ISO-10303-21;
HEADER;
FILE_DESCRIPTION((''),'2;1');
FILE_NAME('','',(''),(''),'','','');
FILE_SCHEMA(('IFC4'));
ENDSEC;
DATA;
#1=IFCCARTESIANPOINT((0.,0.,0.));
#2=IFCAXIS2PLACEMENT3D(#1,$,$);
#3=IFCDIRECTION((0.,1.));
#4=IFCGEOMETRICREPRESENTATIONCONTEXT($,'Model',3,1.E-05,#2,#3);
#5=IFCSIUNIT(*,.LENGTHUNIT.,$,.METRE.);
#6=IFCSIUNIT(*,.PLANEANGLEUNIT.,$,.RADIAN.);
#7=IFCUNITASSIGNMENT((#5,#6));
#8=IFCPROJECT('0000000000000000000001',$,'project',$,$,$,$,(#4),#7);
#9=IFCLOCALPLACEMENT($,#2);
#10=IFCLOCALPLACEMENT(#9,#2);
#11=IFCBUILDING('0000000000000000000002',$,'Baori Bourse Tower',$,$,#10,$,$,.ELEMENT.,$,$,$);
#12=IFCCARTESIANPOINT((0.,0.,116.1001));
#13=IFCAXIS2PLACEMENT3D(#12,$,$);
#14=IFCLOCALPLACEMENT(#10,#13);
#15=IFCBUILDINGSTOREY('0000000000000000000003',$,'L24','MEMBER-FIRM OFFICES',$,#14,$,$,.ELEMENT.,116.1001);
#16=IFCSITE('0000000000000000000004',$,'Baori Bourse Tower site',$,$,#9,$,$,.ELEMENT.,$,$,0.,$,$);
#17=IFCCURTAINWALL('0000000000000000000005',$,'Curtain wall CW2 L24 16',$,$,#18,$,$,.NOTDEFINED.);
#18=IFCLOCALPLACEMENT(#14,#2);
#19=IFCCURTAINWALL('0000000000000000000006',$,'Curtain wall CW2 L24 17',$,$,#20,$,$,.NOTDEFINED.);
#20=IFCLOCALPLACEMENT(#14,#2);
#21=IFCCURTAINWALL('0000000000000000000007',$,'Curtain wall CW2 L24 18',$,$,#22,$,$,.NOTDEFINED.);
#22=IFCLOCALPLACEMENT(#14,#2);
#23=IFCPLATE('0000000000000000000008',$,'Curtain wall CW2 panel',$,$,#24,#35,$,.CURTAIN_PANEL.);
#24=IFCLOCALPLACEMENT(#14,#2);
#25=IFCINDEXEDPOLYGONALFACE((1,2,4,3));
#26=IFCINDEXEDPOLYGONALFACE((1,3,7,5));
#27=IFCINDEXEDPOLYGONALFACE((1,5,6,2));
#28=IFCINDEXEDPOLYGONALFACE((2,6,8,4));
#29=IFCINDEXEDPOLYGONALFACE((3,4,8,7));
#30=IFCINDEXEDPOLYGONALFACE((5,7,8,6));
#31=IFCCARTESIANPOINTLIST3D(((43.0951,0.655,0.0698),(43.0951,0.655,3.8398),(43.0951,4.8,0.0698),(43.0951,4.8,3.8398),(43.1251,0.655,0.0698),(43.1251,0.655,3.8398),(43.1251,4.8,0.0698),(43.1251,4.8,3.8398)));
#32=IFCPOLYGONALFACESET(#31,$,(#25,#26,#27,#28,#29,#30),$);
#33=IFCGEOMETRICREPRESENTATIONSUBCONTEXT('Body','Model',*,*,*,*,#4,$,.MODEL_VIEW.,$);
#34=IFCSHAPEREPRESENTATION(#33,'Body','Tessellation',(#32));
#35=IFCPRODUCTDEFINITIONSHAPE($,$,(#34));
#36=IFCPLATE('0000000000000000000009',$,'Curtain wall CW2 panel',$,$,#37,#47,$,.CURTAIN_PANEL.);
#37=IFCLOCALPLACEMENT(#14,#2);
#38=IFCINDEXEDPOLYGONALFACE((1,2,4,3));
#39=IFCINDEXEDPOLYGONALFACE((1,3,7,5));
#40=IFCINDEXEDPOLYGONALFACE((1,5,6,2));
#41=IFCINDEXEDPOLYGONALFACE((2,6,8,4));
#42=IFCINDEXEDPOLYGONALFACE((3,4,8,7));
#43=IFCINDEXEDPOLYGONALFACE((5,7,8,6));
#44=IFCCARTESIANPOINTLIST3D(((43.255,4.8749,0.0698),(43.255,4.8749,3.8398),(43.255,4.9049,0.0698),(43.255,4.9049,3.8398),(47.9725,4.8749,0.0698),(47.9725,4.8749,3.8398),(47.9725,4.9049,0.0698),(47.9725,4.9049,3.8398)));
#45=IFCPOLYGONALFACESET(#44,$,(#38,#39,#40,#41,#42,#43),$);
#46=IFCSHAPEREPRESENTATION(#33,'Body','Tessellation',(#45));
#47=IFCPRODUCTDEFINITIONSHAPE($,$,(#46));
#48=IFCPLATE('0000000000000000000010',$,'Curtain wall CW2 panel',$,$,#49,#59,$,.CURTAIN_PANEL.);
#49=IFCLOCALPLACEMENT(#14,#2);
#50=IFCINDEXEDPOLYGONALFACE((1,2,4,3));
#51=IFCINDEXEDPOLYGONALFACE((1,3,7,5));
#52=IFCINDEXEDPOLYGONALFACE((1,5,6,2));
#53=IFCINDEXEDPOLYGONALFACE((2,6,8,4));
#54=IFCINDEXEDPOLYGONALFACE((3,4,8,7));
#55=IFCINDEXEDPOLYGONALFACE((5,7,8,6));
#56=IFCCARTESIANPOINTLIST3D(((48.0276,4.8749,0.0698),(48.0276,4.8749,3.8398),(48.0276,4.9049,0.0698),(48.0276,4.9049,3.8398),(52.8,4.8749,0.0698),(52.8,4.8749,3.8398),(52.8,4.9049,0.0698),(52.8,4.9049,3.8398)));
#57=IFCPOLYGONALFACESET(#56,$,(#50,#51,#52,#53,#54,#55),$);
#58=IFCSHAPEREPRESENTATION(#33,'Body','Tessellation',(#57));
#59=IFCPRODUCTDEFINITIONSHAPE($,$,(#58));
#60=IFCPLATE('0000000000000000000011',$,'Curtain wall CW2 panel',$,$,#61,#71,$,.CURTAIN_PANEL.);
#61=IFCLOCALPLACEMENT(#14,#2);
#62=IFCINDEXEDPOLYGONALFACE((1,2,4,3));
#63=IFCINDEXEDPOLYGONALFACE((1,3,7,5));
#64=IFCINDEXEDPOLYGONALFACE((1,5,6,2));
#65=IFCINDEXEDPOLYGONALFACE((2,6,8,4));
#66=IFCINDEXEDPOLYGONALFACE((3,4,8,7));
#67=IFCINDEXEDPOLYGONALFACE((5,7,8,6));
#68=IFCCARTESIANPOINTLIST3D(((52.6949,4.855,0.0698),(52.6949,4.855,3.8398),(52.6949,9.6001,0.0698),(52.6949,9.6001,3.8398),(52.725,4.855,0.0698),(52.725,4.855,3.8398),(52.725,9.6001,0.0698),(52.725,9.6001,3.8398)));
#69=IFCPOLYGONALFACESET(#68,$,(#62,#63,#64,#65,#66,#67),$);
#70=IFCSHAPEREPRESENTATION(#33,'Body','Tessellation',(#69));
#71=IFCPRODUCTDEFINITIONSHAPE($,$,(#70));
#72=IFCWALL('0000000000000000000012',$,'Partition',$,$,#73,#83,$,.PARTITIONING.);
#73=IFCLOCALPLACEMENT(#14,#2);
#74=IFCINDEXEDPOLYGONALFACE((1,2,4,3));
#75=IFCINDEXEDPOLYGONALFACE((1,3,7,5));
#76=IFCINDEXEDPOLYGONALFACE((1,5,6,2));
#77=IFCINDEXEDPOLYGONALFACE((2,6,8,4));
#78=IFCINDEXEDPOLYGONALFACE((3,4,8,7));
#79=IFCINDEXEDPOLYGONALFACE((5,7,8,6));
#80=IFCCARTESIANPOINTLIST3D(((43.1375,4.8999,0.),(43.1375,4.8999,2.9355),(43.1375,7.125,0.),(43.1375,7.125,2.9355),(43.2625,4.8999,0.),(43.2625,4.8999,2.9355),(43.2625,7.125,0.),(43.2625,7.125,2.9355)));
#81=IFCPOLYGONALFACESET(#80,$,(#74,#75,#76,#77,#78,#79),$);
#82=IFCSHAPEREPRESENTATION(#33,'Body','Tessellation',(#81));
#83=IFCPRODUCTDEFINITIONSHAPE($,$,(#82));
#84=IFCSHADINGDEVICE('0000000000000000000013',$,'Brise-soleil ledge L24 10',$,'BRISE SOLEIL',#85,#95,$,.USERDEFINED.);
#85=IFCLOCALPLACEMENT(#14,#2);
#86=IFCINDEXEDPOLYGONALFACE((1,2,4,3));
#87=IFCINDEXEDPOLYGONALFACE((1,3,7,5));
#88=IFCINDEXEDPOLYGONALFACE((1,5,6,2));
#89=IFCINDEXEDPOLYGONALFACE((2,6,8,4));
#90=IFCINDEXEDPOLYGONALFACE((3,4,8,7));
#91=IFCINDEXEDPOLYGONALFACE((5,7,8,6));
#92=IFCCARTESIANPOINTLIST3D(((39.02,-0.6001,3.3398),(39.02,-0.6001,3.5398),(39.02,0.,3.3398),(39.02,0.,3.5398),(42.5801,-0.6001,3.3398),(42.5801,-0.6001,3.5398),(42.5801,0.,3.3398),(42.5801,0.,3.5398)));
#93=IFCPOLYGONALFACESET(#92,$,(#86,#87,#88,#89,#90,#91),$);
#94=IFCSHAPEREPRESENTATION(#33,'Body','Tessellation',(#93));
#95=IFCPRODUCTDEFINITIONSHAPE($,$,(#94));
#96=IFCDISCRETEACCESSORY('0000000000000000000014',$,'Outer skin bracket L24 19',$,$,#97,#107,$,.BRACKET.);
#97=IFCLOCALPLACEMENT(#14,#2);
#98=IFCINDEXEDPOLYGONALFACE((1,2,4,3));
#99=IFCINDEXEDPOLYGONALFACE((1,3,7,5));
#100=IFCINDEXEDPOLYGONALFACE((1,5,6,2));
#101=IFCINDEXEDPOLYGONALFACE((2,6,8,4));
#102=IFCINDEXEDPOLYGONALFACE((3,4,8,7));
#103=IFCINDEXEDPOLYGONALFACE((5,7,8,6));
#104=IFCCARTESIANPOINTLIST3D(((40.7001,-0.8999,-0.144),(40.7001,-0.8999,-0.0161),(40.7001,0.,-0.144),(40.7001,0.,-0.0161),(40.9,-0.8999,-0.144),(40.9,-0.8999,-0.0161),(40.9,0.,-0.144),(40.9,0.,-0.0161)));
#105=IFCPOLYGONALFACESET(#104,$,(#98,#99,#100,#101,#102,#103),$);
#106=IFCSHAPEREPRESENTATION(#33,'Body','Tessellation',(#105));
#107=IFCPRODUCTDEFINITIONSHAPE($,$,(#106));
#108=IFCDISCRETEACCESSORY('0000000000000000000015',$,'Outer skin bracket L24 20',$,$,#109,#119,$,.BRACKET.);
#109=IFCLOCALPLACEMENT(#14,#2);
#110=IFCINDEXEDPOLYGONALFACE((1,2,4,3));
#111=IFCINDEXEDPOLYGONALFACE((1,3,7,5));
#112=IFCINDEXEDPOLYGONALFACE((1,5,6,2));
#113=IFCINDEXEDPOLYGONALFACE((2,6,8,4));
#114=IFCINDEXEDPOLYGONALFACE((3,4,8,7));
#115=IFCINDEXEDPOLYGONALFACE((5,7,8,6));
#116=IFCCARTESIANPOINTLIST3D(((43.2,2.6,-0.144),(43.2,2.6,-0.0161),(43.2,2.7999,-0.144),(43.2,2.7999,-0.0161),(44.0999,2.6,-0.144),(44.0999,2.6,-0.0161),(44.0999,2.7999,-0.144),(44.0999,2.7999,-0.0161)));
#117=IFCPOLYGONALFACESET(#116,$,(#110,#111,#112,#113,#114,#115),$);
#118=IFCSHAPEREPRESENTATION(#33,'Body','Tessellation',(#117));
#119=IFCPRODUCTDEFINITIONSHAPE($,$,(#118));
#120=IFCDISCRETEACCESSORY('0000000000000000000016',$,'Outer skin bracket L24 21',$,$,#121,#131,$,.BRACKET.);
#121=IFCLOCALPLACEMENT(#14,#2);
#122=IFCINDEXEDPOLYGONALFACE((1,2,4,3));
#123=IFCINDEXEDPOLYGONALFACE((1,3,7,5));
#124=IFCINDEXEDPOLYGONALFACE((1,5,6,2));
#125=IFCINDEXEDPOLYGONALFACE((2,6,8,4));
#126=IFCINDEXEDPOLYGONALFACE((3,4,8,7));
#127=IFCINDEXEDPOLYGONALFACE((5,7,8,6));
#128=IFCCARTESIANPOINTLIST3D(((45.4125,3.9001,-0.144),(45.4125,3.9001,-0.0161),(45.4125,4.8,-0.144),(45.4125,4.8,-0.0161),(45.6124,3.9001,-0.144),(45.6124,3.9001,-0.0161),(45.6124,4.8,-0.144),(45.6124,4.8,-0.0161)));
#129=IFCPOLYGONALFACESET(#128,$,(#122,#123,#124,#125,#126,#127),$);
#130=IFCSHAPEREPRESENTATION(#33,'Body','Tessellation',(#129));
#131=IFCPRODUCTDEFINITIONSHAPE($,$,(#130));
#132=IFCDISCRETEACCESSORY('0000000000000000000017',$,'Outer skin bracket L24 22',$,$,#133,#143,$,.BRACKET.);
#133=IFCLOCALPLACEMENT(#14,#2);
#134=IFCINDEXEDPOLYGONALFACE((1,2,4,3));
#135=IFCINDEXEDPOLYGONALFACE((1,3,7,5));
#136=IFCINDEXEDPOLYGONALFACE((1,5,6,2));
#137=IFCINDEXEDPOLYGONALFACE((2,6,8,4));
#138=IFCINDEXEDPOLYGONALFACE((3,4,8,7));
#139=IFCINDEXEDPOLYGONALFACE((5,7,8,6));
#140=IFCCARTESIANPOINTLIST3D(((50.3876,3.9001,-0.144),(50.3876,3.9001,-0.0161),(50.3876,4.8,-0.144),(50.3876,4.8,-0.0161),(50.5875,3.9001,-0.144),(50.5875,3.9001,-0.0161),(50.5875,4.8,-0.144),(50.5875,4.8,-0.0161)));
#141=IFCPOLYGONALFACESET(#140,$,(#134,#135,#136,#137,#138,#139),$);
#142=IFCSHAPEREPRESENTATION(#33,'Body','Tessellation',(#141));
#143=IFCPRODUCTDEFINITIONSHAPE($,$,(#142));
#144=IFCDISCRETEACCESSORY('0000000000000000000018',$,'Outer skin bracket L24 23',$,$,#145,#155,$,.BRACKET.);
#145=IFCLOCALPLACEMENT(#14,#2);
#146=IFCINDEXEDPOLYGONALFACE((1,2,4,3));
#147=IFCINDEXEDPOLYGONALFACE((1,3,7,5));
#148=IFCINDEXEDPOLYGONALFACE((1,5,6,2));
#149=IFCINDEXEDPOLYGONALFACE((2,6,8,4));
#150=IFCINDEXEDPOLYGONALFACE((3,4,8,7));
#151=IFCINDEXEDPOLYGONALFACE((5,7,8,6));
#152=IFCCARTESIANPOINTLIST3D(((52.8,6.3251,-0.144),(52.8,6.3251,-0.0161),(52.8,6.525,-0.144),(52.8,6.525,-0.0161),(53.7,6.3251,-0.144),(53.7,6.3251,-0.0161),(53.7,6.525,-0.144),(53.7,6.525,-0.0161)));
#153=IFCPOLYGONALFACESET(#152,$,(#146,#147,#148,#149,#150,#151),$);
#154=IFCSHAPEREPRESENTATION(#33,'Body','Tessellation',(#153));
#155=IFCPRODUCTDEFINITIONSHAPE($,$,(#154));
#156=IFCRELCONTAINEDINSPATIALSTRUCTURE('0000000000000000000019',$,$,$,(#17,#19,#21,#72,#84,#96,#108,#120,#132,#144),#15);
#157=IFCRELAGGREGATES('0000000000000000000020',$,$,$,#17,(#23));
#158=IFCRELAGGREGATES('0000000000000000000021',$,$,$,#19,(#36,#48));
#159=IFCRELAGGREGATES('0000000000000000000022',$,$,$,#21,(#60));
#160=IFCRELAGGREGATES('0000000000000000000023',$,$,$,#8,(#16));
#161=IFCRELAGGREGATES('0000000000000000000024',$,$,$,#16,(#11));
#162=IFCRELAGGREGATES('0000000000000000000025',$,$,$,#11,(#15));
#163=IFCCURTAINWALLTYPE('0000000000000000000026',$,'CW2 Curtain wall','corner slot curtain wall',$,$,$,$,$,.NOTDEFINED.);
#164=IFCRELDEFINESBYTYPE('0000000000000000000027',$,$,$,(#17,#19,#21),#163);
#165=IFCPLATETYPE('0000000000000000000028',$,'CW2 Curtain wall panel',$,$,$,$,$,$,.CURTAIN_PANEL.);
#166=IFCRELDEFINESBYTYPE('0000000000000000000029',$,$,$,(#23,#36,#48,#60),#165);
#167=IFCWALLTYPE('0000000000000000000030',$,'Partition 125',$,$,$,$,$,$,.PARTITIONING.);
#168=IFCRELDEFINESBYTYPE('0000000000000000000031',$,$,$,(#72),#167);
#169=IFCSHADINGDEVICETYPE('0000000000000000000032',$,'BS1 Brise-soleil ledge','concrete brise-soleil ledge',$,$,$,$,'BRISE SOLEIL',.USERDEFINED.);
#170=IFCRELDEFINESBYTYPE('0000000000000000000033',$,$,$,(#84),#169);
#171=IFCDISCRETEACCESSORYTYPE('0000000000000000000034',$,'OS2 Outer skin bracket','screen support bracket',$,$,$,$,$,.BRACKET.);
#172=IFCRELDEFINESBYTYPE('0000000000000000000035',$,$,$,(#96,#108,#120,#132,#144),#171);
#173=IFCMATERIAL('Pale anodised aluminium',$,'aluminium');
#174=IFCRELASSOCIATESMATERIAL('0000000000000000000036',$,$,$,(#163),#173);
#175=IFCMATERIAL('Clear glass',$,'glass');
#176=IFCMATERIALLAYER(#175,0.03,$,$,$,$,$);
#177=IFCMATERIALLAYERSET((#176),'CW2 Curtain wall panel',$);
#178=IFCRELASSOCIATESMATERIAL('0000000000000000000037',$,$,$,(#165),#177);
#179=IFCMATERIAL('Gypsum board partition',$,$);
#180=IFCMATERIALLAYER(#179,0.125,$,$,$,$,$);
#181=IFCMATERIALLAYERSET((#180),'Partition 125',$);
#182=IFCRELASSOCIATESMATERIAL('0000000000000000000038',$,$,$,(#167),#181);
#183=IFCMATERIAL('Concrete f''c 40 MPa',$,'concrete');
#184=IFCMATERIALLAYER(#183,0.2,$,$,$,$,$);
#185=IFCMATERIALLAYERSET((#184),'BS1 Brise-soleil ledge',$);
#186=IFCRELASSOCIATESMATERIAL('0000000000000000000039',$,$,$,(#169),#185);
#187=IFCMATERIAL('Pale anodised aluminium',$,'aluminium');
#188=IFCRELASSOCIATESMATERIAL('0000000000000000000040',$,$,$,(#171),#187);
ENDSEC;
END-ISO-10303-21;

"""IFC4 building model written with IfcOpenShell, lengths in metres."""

from ifc_helpers import new_model, si_unit, direction, frame, frame_2d, origin, origin_2d, place, context, subcontext, project, spatial, rectangle, extrude, material, layer, layer_set, type_object, element, aggregate, save


model = new_model("IFC4")

# Units and contexts
model_context = context("Model", 3, precision=1e-05, world=origin(), true_north=direction((0.0, 1.0)))
body_context = subcontext(model_context, "Body", "Model", "MODEL_VIEW")
ifc_project = project(units=[si_unit("LENGTHUNIT", "METRE"), si_unit("PLANEANGLEUNIT", "RADIAN")], contexts=[model_context])

# Site, building, storey
site_placement = place(None, origin())
site = spatial("IfcSite", under=ifc_project, at=site_placement, Name="Baori Bourse Tower site", CompositionType="ELEMENT", RefElevation=0.0)
building_placement = place(site_placement, origin())
building = spatial("IfcBuilding", under=site, at=building_placement, Name="Baori Bourse Tower", CompositionType="ELEMENT")
storey_placement = place(building_placement, frame((0.0, 0.0, 116.1001)))
storey = spatial("IfcBuildingStorey", under=building, at=storey_placement, Name="L24", Description="MEMBER-FIRM OFFICES", CompositionType="ELEMENT", Elevation=116.1001)

# Curtain wall
ifc_material_1 = material(Name="Pale anodised aluminium", Category="aluminium")
curtain_wall_type_1 = type_object("IfcCurtainWallType", Name="CW2 Curtain wall", Description="corner slot curtain wall", PredefinedType="NOTDEFINED", material=ifc_material_1)
curtain_wall_1_placement = place(storey_placement, origin())
curtain_wall_1 = element("IfcCurtainWall", 1, at=curtain_wall_1_placement, inside=storey, type_object=curtain_wall_type_1, Name="Curtain wall CW2 L24 16", PredefinedType="NOTDEFINED")

# Curtain wall
curtain_wall_2_placement = place(storey_placement, origin())
curtain_wall_2 = element("IfcCurtainWall", 2, at=curtain_wall_2_placement, inside=storey, type_object=curtain_wall_type_1, Name="Curtain wall CW2 L24 17", PredefinedType="NOTDEFINED")

# Curtain wall
curtain_wall_3_placement = place(storey_placement, origin())
curtain_wall_3 = element("IfcCurtainWall", 3, at=curtain_wall_3_placement, inside=storey, type_object=curtain_wall_type_1, Name="Curtain wall CW2 L24 18", PredefinedType="NOTDEFINED")

# Plates
ifc_material_2 = material(Name="Clear glass", Category="glass")
ifc_layer_1 = layer(ifc_material_2, 0.03)
ifc_layer_set_1 = layer_set([ifc_layer_1], Name="CW2 Curtain wall panel")
plate_type_1 = type_object("IfcPlateType", Name="CW2 Curtain wall panel", PredefinedType="CURTAIN_PANEL", material=ifc_layer_set_1)
plate_1_placement = place(storey_placement, frame((43.1101, 2.7275, 0.0698), z_axis=(0.0, 0.0, 1.0), x_axis=(0.0, 1.0, 0.0)))
plate_1 = element("IfcPlate", 4, at=plate_1_placement, type_object=plate_type_1, Name="Curtain wall CW2 panel", PredefinedType="CURTAIN_PANEL", context=body_context, shape_type="SweptSolid", body=[
    extrude(rectangle(XDim=4.145, YDim=0.03, at=origin_2d()), origin(), (0.0, 0.0, 1.0), 3.77),
])
aggregate(curtain_wall_1, [plate_1])
plate_2_placement = place(storey_placement, frame((45.6138, 4.8899, 0.0698), z_axis=(0.0, 0.0, 1.0), x_axis=(1.0, 0.0, 0.0)))
plate_2 = element("IfcPlate", 5, at=plate_2_placement, type_object=plate_type_1, Name="Curtain wall CW2 panel", PredefinedType="CURTAIN_PANEL", context=body_context, shape_type="SweptSolid", body=[
    extrude(rectangle(XDim=4.7175, YDim=0.03, at=origin_2d()), origin(), (0.0, 0.0, 1.0), 3.77),
])
plate_3_placement = place(storey_placement, frame((50.4138, 4.8899, 0.0698), z_axis=(0.0, 0.0, 1.0), x_axis=(1.0, 0.0, 0.0)))
plate_3 = element("IfcPlate", 6, at=plate_3_placement, type_object=plate_type_1, Name="Curtain wall CW2 panel", PredefinedType="CURTAIN_PANEL", context=body_context, shape_type="SweptSolid", body=[
    extrude(rectangle(XDim=4.7725, YDim=0.03, at=origin_2d()), origin(), (0.0, 0.0, 1.0), 3.77),
])
aggregate(curtain_wall_2, [plate_2, plate_3])
plate_4_placement = place(storey_placement, frame((52.71, 7.2275, 0.0698), z_axis=(0.0, 0.0, 1.0), x_axis=(0.0, 1.0, 0.0)))
plate_4 = element("IfcPlate", 7, at=plate_4_placement, type_object=plate_type_1, Name="Curtain wall CW2 panel", PredefinedType="CURTAIN_PANEL", context=body_context, shape_type="SweptSolid", body=[
    extrude(rectangle(XDim=4.7451, YDim=0.03, at=origin_2d()), origin(), (0.0, 0.0, 1.0), 3.77),
])
aggregate(curtain_wall_3, [plate_4])

# Wall
ifc_material_3 = material(Name="Gypsum board partition")
ifc_layer_2 = layer(ifc_material_3, 0.125)
ifc_layer_set_2 = layer_set([ifc_layer_2], Name="Partition 125")
wall_type = type_object("IfcWallType", Name="Partition 125", PredefinedType="PARTITIONING", material=ifc_layer_set_2)
wall_placement = place(storey_placement, frame((43.2, 4.8999, 0.0), z_axis=(0.0, 0.0, 1.0), x_axis=(0.0, 1.0, 0.0)))
element("IfcWall", 8, at=wall_placement, inside=storey, type_object=wall_type, Name="Partition", PredefinedType="PARTITIONING", context=body_context, shape_type="SweptSolid", body=[
    extrude(rectangle(XDim=2.2251, YDim=0.125, at=frame_2d((1.1125, 0.0))), origin(), (0.0, 0.0, 1.0), 2.9355),
])

# Shading device
ifc_material_4 = material(Name="Concrete f'c 40 MPa", Category="concrete")
ifc_layer_3 = layer(ifc_material_4, 0.2)
ifc_layer_set_3 = layer_set([ifc_layer_3], Name="BS1 Brise-soleil ledge")
shading_device_type = type_object("IfcShadingDeviceType", Name="BS1 Brise-soleil ledge", Description="concrete brise-soleil ledge", ElementType="BRISE SOLEIL", PredefinedType="USERDEFINED", material=ifc_layer_set_3)
shading_device_placement = place(storey_placement, frame((40.8, -0.3, 3.3398), z_axis=(0.0, 0.0, 1.0), x_axis=(1.0, 0.0, 0.0)))
element("IfcShadingDevice", 9, at=shading_device_placement, inside=storey, type_object=shading_device_type, Name="Brise-soleil ledge L24 10", ObjectType="BRISE SOLEIL", PredefinedType="USERDEFINED", context=body_context, shape_type="SweptSolid", body=[
    extrude(rectangle(XDim=3.5601, YDim=0.6001, at=origin_2d()), origin(), (0.0, 0.0, 1.0), 0.2),
])

# Discrete accessories
ifc_material_5 = material(Name="Pale anodised aluminium", Category="aluminium")
discrete_accessory_type = type_object("IfcDiscreteAccessoryType", Name="OS2 Outer skin bracket", Description="screen support bracket", PredefinedType="BRACKET", material=ifc_material_5)
for number, where, z_axis, x_axis, name in (
    (10, (40.8, -0.45, -0.144), (0.0, 0.0, 1.0), (1.0, 0.0, 0.0), "Outer skin bracket L24 19"),
    (11, (43.6499, 2.7, -0.144), (0.0, 0.0, 1.0), (0.0, 1.0, 0.0), "Outer skin bracket L24 20"),
    (12, (45.5125, 4.3501, -0.144), (0.0, 0.0, 1.0), (1.0, 0.0, 0.0), "Outer skin bracket L24 21"),
    (13, (50.4875, 4.3501, -0.144), (0.0, 0.0, 1.0), (1.0, 0.0, 0.0), "Outer skin bracket L24 22"),
    (14, (53.25, 6.425, -0.144), (0.0, 0.0, 1.0), (0.0, 1.0, 0.0), "Outer skin bracket L24 23"),
):
    element("IfcDiscreteAccessory", number, at=place(storey_placement, frame(where, z_axis=z_axis, x_axis=x_axis)), inside=storey, type_object=discrete_accessory_type, Name=name, PredefinedType="BRACKET", context=body_context, shape_type="SweptSolid", body=[
        extrude(rectangle(XDim=0.2, YDim=0.8999, at=origin_2d()), origin(), (0.0, 0.0, 1.0), 0.1279),
    ])

save(model, "model.ifc")
